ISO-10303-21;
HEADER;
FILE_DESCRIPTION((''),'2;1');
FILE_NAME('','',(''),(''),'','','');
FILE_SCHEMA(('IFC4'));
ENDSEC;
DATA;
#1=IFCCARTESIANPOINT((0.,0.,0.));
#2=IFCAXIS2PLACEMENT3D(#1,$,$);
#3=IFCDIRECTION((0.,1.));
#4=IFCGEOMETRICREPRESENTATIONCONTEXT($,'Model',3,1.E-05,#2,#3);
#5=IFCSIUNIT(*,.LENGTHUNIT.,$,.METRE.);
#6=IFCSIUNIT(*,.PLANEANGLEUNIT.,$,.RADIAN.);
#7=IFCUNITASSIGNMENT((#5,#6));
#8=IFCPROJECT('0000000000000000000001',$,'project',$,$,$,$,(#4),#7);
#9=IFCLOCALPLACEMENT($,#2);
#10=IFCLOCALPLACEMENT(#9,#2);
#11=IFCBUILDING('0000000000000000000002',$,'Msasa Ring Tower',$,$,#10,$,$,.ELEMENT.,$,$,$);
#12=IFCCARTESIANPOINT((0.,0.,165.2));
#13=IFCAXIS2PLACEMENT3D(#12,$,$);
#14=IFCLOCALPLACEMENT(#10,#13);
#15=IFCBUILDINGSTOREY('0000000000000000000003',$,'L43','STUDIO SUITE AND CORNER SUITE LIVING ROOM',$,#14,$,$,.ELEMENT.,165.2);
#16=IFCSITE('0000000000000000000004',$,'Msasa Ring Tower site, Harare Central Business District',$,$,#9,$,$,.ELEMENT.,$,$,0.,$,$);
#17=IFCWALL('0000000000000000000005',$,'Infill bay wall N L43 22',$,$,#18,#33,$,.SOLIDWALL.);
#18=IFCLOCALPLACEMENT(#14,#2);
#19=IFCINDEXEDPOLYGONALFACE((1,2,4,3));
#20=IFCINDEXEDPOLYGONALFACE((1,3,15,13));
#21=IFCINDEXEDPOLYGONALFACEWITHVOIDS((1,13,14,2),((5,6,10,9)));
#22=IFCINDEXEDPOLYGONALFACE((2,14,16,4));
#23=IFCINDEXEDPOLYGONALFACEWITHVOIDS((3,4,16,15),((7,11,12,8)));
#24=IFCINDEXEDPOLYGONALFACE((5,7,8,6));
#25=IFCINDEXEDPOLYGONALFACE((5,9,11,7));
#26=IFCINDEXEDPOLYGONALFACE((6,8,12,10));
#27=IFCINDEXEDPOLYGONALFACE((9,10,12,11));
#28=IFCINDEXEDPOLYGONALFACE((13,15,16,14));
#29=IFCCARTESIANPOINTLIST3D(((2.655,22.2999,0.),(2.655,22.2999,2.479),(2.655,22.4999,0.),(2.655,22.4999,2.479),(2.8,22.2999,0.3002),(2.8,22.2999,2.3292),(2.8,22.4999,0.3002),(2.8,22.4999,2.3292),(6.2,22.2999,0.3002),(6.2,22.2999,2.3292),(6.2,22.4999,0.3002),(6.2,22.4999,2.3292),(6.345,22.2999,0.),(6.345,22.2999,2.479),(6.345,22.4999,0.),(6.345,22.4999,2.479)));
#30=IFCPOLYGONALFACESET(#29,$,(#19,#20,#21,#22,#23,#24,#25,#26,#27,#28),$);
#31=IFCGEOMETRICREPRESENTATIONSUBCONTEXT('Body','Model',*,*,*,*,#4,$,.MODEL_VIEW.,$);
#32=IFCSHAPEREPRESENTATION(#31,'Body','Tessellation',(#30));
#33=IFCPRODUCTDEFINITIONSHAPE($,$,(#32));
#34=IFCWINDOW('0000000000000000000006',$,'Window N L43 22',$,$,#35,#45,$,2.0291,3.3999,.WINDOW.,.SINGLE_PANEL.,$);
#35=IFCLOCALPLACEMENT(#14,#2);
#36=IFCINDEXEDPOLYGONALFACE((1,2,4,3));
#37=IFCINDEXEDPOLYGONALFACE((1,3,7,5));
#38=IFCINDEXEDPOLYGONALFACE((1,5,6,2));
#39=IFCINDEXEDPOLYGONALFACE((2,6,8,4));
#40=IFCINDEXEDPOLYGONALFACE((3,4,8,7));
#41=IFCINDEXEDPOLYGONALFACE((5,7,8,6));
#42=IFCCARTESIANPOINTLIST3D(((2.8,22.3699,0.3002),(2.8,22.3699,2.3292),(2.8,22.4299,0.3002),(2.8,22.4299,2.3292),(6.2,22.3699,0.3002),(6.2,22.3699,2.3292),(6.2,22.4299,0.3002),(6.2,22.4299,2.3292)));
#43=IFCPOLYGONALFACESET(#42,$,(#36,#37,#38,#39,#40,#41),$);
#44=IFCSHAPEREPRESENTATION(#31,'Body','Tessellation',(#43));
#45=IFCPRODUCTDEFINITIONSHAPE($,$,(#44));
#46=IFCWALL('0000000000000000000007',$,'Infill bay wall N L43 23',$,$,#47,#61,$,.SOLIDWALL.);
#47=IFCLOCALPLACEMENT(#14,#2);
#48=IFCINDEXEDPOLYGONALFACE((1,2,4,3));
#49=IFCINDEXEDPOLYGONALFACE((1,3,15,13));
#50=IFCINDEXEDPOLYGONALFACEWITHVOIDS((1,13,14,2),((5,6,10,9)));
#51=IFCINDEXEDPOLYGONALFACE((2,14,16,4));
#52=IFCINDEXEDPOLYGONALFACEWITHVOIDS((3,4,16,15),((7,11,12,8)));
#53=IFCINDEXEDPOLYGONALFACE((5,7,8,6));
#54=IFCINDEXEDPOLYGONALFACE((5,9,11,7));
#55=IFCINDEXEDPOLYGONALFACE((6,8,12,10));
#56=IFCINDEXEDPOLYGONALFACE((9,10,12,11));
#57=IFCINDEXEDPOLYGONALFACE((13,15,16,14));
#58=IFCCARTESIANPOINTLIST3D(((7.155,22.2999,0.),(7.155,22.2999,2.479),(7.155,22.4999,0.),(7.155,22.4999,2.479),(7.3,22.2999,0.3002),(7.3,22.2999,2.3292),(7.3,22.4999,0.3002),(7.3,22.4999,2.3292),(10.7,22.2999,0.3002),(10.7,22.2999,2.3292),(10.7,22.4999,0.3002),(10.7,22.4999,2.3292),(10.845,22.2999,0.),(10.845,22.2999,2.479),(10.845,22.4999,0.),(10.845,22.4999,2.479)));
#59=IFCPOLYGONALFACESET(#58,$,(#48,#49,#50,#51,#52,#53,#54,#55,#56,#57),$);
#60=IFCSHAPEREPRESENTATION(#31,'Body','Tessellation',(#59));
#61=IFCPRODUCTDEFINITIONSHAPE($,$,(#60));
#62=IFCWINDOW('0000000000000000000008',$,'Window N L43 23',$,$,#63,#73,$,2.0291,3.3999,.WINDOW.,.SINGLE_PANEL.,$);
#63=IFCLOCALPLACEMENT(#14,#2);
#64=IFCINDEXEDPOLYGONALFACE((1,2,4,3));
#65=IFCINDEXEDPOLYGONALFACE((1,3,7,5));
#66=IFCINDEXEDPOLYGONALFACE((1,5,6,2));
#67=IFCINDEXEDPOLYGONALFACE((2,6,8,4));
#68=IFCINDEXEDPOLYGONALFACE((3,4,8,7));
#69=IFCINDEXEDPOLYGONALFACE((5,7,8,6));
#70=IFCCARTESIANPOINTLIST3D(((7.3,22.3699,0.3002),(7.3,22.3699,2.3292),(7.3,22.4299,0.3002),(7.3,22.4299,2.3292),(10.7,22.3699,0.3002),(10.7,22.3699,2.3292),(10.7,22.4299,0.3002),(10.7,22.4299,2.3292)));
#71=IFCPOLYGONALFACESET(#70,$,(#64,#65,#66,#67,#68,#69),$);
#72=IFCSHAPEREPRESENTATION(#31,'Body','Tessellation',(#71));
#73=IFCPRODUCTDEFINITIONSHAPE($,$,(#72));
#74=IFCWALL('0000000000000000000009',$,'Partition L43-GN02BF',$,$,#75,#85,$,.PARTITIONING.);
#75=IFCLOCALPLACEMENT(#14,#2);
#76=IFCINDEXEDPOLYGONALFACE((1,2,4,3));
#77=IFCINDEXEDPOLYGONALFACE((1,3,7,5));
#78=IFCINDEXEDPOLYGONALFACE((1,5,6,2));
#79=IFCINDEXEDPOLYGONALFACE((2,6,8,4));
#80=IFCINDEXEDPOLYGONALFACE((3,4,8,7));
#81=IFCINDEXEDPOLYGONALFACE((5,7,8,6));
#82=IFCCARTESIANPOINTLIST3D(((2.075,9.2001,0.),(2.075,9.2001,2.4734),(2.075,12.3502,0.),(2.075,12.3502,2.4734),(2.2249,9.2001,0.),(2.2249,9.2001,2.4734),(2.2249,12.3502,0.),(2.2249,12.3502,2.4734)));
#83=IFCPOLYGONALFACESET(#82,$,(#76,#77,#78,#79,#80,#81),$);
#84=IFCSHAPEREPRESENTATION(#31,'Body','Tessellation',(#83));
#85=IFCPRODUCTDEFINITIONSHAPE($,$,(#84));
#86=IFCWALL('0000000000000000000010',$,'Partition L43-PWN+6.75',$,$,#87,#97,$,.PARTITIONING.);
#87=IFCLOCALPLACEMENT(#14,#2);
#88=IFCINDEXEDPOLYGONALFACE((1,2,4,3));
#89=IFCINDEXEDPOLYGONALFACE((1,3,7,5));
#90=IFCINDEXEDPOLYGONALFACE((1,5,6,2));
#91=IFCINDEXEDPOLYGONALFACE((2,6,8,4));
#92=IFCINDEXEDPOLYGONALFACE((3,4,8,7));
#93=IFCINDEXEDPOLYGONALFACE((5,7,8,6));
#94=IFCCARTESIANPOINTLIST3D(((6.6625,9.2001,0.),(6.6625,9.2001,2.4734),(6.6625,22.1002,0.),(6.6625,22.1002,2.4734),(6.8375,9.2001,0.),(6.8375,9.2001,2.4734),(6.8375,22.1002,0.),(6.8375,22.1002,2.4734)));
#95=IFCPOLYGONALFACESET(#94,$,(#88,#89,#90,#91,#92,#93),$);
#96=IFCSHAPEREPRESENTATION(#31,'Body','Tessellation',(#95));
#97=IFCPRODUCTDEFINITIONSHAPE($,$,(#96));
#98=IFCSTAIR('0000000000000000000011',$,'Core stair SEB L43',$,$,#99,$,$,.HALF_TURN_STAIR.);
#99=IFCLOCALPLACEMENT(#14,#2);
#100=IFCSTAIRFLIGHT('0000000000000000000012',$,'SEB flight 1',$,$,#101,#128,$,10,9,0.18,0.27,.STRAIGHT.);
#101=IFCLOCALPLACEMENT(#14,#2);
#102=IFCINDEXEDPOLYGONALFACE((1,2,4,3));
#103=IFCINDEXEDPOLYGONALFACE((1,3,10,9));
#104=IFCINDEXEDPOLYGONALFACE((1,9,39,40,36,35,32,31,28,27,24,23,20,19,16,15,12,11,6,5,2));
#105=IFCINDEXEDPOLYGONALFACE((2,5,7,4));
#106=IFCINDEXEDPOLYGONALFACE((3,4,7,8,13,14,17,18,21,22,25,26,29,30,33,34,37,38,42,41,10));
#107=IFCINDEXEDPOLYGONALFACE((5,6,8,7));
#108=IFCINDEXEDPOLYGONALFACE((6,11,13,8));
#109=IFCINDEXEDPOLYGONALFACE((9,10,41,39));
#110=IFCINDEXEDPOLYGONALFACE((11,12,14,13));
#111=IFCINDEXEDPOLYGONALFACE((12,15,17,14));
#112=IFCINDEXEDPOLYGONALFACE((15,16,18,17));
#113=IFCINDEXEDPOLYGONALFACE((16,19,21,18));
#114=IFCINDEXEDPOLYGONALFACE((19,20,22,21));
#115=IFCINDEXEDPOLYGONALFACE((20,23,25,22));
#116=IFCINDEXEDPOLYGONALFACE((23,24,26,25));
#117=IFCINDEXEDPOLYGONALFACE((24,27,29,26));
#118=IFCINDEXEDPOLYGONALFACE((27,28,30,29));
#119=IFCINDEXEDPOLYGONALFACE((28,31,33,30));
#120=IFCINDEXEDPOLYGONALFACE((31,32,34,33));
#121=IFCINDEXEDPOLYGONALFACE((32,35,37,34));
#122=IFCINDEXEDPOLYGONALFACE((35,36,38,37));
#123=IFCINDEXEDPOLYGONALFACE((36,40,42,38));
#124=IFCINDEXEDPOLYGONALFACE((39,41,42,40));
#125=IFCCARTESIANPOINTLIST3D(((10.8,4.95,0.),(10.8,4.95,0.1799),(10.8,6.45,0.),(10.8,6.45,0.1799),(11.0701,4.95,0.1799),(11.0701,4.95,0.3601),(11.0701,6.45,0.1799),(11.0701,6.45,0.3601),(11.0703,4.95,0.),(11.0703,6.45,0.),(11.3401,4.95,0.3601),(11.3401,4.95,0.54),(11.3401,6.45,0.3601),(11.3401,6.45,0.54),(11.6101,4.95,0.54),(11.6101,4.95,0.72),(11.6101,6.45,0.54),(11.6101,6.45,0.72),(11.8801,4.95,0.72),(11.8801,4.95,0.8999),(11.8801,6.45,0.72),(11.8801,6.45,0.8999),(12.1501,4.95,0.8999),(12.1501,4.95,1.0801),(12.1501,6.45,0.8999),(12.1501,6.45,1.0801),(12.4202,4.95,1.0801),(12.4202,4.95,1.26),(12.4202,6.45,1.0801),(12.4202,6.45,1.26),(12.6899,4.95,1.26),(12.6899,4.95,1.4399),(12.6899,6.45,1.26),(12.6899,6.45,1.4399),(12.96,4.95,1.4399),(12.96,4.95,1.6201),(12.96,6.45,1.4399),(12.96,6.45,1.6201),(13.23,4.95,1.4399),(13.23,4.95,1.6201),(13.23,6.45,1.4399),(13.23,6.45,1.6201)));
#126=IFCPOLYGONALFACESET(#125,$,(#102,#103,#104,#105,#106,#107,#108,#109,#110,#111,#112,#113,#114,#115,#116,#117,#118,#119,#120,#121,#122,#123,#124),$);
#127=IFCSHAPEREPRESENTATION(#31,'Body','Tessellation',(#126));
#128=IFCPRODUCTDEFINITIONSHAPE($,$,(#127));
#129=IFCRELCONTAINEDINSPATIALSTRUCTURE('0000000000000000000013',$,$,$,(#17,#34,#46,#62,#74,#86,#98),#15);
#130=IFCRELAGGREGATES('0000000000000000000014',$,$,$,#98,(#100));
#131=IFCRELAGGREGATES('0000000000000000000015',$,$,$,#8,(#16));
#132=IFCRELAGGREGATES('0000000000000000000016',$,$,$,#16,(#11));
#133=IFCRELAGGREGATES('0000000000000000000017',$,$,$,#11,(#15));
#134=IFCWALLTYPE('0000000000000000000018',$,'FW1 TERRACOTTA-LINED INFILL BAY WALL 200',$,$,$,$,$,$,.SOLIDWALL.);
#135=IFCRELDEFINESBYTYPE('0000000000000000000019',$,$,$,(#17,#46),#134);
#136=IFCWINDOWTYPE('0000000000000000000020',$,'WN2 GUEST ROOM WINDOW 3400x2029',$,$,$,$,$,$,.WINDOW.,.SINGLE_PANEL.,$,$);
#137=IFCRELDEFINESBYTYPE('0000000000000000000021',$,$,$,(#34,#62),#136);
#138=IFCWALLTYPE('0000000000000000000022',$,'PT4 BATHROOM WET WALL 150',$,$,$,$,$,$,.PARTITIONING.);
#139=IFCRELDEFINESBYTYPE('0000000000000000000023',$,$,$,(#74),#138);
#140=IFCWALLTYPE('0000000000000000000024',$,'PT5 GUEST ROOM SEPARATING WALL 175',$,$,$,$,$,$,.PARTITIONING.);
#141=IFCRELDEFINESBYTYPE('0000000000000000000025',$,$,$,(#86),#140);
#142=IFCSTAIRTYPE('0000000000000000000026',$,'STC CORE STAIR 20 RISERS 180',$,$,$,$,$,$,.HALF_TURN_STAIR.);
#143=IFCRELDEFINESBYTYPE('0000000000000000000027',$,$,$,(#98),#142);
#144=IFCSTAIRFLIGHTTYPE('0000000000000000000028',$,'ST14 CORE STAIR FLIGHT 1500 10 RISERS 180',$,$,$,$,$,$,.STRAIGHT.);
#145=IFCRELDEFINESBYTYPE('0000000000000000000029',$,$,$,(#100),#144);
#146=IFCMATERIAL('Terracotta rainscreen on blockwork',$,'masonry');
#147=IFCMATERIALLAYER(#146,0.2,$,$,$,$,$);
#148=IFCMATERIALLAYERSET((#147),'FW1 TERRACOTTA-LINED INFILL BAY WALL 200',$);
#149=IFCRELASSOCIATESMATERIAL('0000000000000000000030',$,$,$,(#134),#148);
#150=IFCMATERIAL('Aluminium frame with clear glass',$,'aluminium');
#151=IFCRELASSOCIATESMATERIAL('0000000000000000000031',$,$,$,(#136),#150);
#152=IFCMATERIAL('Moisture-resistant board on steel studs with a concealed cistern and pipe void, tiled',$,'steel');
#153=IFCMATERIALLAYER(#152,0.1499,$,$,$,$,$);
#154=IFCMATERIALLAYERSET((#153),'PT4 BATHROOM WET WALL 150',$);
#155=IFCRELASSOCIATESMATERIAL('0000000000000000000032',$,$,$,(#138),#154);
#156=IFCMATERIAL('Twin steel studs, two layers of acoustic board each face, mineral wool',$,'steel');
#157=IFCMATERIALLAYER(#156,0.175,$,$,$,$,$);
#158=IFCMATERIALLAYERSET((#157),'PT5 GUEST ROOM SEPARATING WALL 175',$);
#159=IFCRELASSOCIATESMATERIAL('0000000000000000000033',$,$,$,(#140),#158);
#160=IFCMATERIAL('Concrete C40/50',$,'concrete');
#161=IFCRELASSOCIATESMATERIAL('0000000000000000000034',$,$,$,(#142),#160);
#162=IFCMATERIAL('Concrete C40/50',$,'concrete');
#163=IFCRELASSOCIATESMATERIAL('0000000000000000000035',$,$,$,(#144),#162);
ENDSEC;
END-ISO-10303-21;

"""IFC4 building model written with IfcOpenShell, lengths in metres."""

from ifc_helpers import new_model, si_unit, direction, frame, frame_2d, origin, place, context, subcontext, project, spatial, polyline, rectangle, outline, extrude, material, layer, layer_set, type_object, element, fill, aggregate, save


model = new_model("IFC4")

# Units and contexts
model_context = context("Model", 3, precision=1e-05, world=origin(), true_north=direction((0.0, 1.0)))
body_context = subcontext(model_context, "Body", "Model", "MODEL_VIEW")
ifc_project = project(units=[si_unit("LENGTHUNIT", "METRE"), si_unit("PLANEANGLEUNIT", "RADIAN")], contexts=[model_context])

# Site, building, storey
site_placement = place(None, origin())
site = spatial("IfcSite", under=ifc_project, at=site_placement, Name="Msasa Ring Tower site, Harare Central Business District", CompositionType="ELEMENT", RefElevation=0.0)
building_placement = place(site_placement, origin())
building = spatial("IfcBuilding", under=site, at=building_placement, Name="Msasa Ring Tower", CompositionType="ELEMENT")
storey_placement = place(building_placement, frame((0.0, 0.0, 165.2)))
storey = spatial("IfcBuildingStorey", under=building, at=storey_placement, Name="L43", Description="STUDIO SUITE AND CORNER SUITE LIVING ROOM", CompositionType="ELEMENT", Elevation=165.2)

# Walls, openings, windows
ifc_material_1 = material(Name="Terracotta rainscreen on blockwork", Category="masonry")
ifc_layer_1 = layer(ifc_material_1, 0.2)
ifc_layer_set_1 = layer_set([ifc_layer_1], Name="FW1 TERRACOTTA-LINED INFILL BAY WALL 200")
wall_type_1 = type_object("IfcWallType", Name="FW1 TERRACOTTA-LINED INFILL BAY WALL 200", PredefinedType="SOLIDWALL", material=ifc_layer_set_1)
wall_1_placement = place(storey_placement, frame((2.655, 22.3999, 0.0), z_axis=(0.0, 0.0, 1.0), x_axis=(1.0, 0.0, 0.0)))
wall_1 = element("IfcWall", 1, at=wall_1_placement, inside=storey, type_object=wall_type_1, Name="Infill bay wall N L43 22", PredefinedType="SOLIDWALL", context=body_context, shape_type="SweptSolid", body=[
    extrude(rectangle(XDim=3.6899, YDim=0.2, at=frame_2d((1.845, 0.0))), origin(), (0.0, 0.0, 1.0), 2.479),
])
opening_1_placement = place(wall_1_placement, frame((0.145, 0.0, 0.3)))
opening_1 = element("IfcOpeningElement", 2, at=opening_1_placement, cuts=wall_1, PredefinedType="OPENING", context=body_context, shape_type="SweptSolid", body=[
    extrude(rectangle(XDim=3.3999, YDim=2.0291, at=frame_2d((1.7, 1.0146))), frame((0.0, 0.1099, 0.0), z_axis=(0.0, -1.0, 0.0), x_axis=(1.0, 0.0, 0.0)), (0.0, 0.0, 1.0), 0.22),
])
ifc_material_2 = material(Name="Aluminium frame with clear glass", Category="aluminium")
window_type = type_object("IfcWindowType", Name="WN2 GUEST ROOM WINDOW 3400x2029", PartitioningType="SINGLE_PANEL", PredefinedType="WINDOW", material=ifc_material_2)
window_1_placement = place(opening_1_placement, origin())
window_1 = element("IfcWindow", 3, at=window_1_placement, inside=storey, type_object=window_type, Name="Window N L43 22", OverallHeight=2.0291, OverallWidth=3.3999, PartitioningType="SINGLE_PANEL", PredefinedType="WINDOW", context=body_context, shape_type="SweptSolid", body=[
    extrude(rectangle(XDim=3.3999, YDim=2.0291, at=frame_2d((1.7, 1.0146))), frame((0.0, 0.03, 0.0), z_axis=(0.0, -1.0, 0.0), x_axis=(1.0, 0.0, 0.0)), (0.0, 0.0, 1.0), 0.0601),
])
fill(opening_1, window_1)
wall_2_placement = place(storey_placement, frame((7.155, 22.3999, 0.0), z_axis=(0.0, 0.0, 1.0), x_axis=(1.0, 0.0, 0.0)))
wall_2 = element("IfcWall", 4, at=wall_2_placement, inside=storey, type_object=wall_type_1, Name="Infill bay wall N L43 23", PredefinedType="SOLIDWALL", context=body_context, shape_type="SweptSolid", body=[
    extrude(rectangle(XDim=3.6899, YDim=0.2, at=frame_2d((1.845, 0.0))), origin(), (0.0, 0.0, 1.0), 2.479),
])
opening_2_placement = place(wall_2_placement, frame((0.145, 0.0, 0.3)))
opening_2 = element("IfcOpeningElement", 5, at=opening_2_placement, cuts=wall_2, PredefinedType="OPENING", context=body_context, shape_type="SweptSolid", body=[
    extrude(rectangle(XDim=3.3999, YDim=2.0291, at=frame_2d((1.7, 1.0146))), frame((0.0, 0.1099, 0.0), z_axis=(0.0, -1.0, 0.0), x_axis=(1.0, 0.0, 0.0)), (0.0, 0.0, 1.0), 0.22),
])
window_2_placement = place(opening_2_placement, origin())
window_2 = element("IfcWindow", 6, at=window_2_placement, inside=storey, type_object=window_type, Name="Window N L43 23", OverallHeight=2.0291, OverallWidth=3.3999, PartitioningType="SINGLE_PANEL", PredefinedType="WINDOW", context=body_context, shape_type="SweptSolid", body=[
    extrude(rectangle(XDim=3.3999, YDim=2.0291, at=frame_2d((1.7, 1.0146))), frame((0.0, 0.03, 0.0), z_axis=(0.0, -1.0, 0.0), x_axis=(1.0, 0.0, 0.0)), (0.0, 0.0, 1.0), 0.0601),
])
fill(opening_2, window_2)

# Walls
ifc_material_3 = material(Name="Moisture-resistant board on steel studs with a concealed cistern and pipe void, tiled", Category="steel")
ifc_layer_2 = layer(ifc_material_3, 0.1499)
ifc_layer_set_2 = layer_set([ifc_layer_2], Name="PT4 BATHROOM WET WALL 150")
wall_type_2 = type_object("IfcWallType", Name="PT4 BATHROOM WET WALL 150", PredefinedType="PARTITIONING", material=ifc_layer_set_2)
wall_3_placement = place(storey_placement, frame((2.1499, 9.2, 0.0), z_axis=(0.0, 0.0, 1.0), x_axis=(0.0, 1.0, 0.0)))
element("IfcWall", 7, at=wall_3_placement, inside=storey, type_object=wall_type_2, Name="Partition L43-GN02BF", PredefinedType="PARTITIONING", context=body_context, shape_type="SweptSolid", body=[
    extrude(rectangle(XDim=3.1501, YDim=0.1499, at=frame_2d((1.5752, 0.0))), origin(), (0.0, 0.0, 1.0), 2.4734),
])
ifc_material_4 = material(Name="Twin steel studs, two layers of acoustic board each face, mineral wool", Category="steel")
ifc_layer_3 = layer(ifc_material_4, 0.175)
ifc_layer_set_3 = layer_set([ifc_layer_3], Name="PT5 GUEST ROOM SEPARATING WALL 175")
wall_type_3 = type_object("IfcWallType", Name="PT5 GUEST ROOM SEPARATING WALL 175", PredefinedType="PARTITIONING", material=ifc_layer_set_3)
wall_4_placement = place(storey_placement, frame((6.75, 9.2, 0.0), z_axis=(0.0, 0.0, 1.0), x_axis=(0.0, 1.0, 0.0)))
element("IfcWall", 8, at=wall_4_placement, inside=storey, type_object=wall_type_3, Name="Partition L43-PWN+6.75", PredefinedType="PARTITIONING", context=body_context, shape_type="SweptSolid", body=[
    extrude(rectangle(XDim=12.9001, YDim=0.175, at=frame_2d((6.4502, 0.0))), origin(), (0.0, 0.0, 1.0), 2.4734),
])

# Stair, stair flight
ifc_material_5 = material(Name="Concrete C40/50", Category="concrete")
stair_type = type_object("IfcStairType", Name="STC CORE STAIR 20 RISERS 180", PredefinedType="HALF_TURN_STAIR", material=ifc_material_5)
stair_placement = place(storey_placement, origin())
stair = element("IfcStair", 9, at=stair_placement, inside=storey, type_object=stair_type, Name="Core stair SEB L43", PredefinedType="HALF_TURN_STAIR")
ifc_material_6 = material(Name="Concrete C40/50", Category="concrete")
stair_flight_type = type_object("IfcStairFlightType", Name="ST14 CORE STAIR FLIGHT 1500 10 RISERS 180", PredefinedType="STRAIGHT", material=ifc_material_6)
stair_flight_placement = place(storey_placement, frame((10.8, 5.7, 0.0), z_axis=(0.0, 0.0, 1.0), x_axis=(1.0, 0.0, 0.0)))
stair_flight = element("IfcStairFlight", 10, at=stair_flight_placement, type_object=stair_flight_type, Name="SEB flight 1", NumberOfRisers=10, NumberOfTreads=9, PredefinedType="STRAIGHT", RiserHeight=0.18, TreadLength=0.27, context=body_context, shape_type="SweptSolid", body=[
    extrude(outline(polyline([(0.0, 0.0), (0.0, 0.1799), (0.27, 0.1799), (0.27, 0.3601), (0.54, 0.3601), (0.54, 0.54), (0.8101, 0.54), (0.8101, 0.72), (1.0801, 0.72), (1.0801, 0.8999), (1.3501, 0.8999), (1.3501, 1.0801), (1.6201, 1.0801), (1.6201, 1.26), (1.8899, 1.26), (1.8899, 1.4399), (2.1599, 1.4399), (2.1599, 1.6201), (2.4299, 1.6201), (2.4299, 1.8), (2.4299, 1.4399), (0.2703, 0.0), (0.0, 0.0)])), frame((0.0, 0.75, 0.0), z_axis=(0.0, -1.0, 0.0), x_axis=(1.0, 0.0, 0.0)), (0.0, 0.0, 1.0), 1.5),
])
aggregate(stair, [stair_flight])

save(model, "model.ifc")
